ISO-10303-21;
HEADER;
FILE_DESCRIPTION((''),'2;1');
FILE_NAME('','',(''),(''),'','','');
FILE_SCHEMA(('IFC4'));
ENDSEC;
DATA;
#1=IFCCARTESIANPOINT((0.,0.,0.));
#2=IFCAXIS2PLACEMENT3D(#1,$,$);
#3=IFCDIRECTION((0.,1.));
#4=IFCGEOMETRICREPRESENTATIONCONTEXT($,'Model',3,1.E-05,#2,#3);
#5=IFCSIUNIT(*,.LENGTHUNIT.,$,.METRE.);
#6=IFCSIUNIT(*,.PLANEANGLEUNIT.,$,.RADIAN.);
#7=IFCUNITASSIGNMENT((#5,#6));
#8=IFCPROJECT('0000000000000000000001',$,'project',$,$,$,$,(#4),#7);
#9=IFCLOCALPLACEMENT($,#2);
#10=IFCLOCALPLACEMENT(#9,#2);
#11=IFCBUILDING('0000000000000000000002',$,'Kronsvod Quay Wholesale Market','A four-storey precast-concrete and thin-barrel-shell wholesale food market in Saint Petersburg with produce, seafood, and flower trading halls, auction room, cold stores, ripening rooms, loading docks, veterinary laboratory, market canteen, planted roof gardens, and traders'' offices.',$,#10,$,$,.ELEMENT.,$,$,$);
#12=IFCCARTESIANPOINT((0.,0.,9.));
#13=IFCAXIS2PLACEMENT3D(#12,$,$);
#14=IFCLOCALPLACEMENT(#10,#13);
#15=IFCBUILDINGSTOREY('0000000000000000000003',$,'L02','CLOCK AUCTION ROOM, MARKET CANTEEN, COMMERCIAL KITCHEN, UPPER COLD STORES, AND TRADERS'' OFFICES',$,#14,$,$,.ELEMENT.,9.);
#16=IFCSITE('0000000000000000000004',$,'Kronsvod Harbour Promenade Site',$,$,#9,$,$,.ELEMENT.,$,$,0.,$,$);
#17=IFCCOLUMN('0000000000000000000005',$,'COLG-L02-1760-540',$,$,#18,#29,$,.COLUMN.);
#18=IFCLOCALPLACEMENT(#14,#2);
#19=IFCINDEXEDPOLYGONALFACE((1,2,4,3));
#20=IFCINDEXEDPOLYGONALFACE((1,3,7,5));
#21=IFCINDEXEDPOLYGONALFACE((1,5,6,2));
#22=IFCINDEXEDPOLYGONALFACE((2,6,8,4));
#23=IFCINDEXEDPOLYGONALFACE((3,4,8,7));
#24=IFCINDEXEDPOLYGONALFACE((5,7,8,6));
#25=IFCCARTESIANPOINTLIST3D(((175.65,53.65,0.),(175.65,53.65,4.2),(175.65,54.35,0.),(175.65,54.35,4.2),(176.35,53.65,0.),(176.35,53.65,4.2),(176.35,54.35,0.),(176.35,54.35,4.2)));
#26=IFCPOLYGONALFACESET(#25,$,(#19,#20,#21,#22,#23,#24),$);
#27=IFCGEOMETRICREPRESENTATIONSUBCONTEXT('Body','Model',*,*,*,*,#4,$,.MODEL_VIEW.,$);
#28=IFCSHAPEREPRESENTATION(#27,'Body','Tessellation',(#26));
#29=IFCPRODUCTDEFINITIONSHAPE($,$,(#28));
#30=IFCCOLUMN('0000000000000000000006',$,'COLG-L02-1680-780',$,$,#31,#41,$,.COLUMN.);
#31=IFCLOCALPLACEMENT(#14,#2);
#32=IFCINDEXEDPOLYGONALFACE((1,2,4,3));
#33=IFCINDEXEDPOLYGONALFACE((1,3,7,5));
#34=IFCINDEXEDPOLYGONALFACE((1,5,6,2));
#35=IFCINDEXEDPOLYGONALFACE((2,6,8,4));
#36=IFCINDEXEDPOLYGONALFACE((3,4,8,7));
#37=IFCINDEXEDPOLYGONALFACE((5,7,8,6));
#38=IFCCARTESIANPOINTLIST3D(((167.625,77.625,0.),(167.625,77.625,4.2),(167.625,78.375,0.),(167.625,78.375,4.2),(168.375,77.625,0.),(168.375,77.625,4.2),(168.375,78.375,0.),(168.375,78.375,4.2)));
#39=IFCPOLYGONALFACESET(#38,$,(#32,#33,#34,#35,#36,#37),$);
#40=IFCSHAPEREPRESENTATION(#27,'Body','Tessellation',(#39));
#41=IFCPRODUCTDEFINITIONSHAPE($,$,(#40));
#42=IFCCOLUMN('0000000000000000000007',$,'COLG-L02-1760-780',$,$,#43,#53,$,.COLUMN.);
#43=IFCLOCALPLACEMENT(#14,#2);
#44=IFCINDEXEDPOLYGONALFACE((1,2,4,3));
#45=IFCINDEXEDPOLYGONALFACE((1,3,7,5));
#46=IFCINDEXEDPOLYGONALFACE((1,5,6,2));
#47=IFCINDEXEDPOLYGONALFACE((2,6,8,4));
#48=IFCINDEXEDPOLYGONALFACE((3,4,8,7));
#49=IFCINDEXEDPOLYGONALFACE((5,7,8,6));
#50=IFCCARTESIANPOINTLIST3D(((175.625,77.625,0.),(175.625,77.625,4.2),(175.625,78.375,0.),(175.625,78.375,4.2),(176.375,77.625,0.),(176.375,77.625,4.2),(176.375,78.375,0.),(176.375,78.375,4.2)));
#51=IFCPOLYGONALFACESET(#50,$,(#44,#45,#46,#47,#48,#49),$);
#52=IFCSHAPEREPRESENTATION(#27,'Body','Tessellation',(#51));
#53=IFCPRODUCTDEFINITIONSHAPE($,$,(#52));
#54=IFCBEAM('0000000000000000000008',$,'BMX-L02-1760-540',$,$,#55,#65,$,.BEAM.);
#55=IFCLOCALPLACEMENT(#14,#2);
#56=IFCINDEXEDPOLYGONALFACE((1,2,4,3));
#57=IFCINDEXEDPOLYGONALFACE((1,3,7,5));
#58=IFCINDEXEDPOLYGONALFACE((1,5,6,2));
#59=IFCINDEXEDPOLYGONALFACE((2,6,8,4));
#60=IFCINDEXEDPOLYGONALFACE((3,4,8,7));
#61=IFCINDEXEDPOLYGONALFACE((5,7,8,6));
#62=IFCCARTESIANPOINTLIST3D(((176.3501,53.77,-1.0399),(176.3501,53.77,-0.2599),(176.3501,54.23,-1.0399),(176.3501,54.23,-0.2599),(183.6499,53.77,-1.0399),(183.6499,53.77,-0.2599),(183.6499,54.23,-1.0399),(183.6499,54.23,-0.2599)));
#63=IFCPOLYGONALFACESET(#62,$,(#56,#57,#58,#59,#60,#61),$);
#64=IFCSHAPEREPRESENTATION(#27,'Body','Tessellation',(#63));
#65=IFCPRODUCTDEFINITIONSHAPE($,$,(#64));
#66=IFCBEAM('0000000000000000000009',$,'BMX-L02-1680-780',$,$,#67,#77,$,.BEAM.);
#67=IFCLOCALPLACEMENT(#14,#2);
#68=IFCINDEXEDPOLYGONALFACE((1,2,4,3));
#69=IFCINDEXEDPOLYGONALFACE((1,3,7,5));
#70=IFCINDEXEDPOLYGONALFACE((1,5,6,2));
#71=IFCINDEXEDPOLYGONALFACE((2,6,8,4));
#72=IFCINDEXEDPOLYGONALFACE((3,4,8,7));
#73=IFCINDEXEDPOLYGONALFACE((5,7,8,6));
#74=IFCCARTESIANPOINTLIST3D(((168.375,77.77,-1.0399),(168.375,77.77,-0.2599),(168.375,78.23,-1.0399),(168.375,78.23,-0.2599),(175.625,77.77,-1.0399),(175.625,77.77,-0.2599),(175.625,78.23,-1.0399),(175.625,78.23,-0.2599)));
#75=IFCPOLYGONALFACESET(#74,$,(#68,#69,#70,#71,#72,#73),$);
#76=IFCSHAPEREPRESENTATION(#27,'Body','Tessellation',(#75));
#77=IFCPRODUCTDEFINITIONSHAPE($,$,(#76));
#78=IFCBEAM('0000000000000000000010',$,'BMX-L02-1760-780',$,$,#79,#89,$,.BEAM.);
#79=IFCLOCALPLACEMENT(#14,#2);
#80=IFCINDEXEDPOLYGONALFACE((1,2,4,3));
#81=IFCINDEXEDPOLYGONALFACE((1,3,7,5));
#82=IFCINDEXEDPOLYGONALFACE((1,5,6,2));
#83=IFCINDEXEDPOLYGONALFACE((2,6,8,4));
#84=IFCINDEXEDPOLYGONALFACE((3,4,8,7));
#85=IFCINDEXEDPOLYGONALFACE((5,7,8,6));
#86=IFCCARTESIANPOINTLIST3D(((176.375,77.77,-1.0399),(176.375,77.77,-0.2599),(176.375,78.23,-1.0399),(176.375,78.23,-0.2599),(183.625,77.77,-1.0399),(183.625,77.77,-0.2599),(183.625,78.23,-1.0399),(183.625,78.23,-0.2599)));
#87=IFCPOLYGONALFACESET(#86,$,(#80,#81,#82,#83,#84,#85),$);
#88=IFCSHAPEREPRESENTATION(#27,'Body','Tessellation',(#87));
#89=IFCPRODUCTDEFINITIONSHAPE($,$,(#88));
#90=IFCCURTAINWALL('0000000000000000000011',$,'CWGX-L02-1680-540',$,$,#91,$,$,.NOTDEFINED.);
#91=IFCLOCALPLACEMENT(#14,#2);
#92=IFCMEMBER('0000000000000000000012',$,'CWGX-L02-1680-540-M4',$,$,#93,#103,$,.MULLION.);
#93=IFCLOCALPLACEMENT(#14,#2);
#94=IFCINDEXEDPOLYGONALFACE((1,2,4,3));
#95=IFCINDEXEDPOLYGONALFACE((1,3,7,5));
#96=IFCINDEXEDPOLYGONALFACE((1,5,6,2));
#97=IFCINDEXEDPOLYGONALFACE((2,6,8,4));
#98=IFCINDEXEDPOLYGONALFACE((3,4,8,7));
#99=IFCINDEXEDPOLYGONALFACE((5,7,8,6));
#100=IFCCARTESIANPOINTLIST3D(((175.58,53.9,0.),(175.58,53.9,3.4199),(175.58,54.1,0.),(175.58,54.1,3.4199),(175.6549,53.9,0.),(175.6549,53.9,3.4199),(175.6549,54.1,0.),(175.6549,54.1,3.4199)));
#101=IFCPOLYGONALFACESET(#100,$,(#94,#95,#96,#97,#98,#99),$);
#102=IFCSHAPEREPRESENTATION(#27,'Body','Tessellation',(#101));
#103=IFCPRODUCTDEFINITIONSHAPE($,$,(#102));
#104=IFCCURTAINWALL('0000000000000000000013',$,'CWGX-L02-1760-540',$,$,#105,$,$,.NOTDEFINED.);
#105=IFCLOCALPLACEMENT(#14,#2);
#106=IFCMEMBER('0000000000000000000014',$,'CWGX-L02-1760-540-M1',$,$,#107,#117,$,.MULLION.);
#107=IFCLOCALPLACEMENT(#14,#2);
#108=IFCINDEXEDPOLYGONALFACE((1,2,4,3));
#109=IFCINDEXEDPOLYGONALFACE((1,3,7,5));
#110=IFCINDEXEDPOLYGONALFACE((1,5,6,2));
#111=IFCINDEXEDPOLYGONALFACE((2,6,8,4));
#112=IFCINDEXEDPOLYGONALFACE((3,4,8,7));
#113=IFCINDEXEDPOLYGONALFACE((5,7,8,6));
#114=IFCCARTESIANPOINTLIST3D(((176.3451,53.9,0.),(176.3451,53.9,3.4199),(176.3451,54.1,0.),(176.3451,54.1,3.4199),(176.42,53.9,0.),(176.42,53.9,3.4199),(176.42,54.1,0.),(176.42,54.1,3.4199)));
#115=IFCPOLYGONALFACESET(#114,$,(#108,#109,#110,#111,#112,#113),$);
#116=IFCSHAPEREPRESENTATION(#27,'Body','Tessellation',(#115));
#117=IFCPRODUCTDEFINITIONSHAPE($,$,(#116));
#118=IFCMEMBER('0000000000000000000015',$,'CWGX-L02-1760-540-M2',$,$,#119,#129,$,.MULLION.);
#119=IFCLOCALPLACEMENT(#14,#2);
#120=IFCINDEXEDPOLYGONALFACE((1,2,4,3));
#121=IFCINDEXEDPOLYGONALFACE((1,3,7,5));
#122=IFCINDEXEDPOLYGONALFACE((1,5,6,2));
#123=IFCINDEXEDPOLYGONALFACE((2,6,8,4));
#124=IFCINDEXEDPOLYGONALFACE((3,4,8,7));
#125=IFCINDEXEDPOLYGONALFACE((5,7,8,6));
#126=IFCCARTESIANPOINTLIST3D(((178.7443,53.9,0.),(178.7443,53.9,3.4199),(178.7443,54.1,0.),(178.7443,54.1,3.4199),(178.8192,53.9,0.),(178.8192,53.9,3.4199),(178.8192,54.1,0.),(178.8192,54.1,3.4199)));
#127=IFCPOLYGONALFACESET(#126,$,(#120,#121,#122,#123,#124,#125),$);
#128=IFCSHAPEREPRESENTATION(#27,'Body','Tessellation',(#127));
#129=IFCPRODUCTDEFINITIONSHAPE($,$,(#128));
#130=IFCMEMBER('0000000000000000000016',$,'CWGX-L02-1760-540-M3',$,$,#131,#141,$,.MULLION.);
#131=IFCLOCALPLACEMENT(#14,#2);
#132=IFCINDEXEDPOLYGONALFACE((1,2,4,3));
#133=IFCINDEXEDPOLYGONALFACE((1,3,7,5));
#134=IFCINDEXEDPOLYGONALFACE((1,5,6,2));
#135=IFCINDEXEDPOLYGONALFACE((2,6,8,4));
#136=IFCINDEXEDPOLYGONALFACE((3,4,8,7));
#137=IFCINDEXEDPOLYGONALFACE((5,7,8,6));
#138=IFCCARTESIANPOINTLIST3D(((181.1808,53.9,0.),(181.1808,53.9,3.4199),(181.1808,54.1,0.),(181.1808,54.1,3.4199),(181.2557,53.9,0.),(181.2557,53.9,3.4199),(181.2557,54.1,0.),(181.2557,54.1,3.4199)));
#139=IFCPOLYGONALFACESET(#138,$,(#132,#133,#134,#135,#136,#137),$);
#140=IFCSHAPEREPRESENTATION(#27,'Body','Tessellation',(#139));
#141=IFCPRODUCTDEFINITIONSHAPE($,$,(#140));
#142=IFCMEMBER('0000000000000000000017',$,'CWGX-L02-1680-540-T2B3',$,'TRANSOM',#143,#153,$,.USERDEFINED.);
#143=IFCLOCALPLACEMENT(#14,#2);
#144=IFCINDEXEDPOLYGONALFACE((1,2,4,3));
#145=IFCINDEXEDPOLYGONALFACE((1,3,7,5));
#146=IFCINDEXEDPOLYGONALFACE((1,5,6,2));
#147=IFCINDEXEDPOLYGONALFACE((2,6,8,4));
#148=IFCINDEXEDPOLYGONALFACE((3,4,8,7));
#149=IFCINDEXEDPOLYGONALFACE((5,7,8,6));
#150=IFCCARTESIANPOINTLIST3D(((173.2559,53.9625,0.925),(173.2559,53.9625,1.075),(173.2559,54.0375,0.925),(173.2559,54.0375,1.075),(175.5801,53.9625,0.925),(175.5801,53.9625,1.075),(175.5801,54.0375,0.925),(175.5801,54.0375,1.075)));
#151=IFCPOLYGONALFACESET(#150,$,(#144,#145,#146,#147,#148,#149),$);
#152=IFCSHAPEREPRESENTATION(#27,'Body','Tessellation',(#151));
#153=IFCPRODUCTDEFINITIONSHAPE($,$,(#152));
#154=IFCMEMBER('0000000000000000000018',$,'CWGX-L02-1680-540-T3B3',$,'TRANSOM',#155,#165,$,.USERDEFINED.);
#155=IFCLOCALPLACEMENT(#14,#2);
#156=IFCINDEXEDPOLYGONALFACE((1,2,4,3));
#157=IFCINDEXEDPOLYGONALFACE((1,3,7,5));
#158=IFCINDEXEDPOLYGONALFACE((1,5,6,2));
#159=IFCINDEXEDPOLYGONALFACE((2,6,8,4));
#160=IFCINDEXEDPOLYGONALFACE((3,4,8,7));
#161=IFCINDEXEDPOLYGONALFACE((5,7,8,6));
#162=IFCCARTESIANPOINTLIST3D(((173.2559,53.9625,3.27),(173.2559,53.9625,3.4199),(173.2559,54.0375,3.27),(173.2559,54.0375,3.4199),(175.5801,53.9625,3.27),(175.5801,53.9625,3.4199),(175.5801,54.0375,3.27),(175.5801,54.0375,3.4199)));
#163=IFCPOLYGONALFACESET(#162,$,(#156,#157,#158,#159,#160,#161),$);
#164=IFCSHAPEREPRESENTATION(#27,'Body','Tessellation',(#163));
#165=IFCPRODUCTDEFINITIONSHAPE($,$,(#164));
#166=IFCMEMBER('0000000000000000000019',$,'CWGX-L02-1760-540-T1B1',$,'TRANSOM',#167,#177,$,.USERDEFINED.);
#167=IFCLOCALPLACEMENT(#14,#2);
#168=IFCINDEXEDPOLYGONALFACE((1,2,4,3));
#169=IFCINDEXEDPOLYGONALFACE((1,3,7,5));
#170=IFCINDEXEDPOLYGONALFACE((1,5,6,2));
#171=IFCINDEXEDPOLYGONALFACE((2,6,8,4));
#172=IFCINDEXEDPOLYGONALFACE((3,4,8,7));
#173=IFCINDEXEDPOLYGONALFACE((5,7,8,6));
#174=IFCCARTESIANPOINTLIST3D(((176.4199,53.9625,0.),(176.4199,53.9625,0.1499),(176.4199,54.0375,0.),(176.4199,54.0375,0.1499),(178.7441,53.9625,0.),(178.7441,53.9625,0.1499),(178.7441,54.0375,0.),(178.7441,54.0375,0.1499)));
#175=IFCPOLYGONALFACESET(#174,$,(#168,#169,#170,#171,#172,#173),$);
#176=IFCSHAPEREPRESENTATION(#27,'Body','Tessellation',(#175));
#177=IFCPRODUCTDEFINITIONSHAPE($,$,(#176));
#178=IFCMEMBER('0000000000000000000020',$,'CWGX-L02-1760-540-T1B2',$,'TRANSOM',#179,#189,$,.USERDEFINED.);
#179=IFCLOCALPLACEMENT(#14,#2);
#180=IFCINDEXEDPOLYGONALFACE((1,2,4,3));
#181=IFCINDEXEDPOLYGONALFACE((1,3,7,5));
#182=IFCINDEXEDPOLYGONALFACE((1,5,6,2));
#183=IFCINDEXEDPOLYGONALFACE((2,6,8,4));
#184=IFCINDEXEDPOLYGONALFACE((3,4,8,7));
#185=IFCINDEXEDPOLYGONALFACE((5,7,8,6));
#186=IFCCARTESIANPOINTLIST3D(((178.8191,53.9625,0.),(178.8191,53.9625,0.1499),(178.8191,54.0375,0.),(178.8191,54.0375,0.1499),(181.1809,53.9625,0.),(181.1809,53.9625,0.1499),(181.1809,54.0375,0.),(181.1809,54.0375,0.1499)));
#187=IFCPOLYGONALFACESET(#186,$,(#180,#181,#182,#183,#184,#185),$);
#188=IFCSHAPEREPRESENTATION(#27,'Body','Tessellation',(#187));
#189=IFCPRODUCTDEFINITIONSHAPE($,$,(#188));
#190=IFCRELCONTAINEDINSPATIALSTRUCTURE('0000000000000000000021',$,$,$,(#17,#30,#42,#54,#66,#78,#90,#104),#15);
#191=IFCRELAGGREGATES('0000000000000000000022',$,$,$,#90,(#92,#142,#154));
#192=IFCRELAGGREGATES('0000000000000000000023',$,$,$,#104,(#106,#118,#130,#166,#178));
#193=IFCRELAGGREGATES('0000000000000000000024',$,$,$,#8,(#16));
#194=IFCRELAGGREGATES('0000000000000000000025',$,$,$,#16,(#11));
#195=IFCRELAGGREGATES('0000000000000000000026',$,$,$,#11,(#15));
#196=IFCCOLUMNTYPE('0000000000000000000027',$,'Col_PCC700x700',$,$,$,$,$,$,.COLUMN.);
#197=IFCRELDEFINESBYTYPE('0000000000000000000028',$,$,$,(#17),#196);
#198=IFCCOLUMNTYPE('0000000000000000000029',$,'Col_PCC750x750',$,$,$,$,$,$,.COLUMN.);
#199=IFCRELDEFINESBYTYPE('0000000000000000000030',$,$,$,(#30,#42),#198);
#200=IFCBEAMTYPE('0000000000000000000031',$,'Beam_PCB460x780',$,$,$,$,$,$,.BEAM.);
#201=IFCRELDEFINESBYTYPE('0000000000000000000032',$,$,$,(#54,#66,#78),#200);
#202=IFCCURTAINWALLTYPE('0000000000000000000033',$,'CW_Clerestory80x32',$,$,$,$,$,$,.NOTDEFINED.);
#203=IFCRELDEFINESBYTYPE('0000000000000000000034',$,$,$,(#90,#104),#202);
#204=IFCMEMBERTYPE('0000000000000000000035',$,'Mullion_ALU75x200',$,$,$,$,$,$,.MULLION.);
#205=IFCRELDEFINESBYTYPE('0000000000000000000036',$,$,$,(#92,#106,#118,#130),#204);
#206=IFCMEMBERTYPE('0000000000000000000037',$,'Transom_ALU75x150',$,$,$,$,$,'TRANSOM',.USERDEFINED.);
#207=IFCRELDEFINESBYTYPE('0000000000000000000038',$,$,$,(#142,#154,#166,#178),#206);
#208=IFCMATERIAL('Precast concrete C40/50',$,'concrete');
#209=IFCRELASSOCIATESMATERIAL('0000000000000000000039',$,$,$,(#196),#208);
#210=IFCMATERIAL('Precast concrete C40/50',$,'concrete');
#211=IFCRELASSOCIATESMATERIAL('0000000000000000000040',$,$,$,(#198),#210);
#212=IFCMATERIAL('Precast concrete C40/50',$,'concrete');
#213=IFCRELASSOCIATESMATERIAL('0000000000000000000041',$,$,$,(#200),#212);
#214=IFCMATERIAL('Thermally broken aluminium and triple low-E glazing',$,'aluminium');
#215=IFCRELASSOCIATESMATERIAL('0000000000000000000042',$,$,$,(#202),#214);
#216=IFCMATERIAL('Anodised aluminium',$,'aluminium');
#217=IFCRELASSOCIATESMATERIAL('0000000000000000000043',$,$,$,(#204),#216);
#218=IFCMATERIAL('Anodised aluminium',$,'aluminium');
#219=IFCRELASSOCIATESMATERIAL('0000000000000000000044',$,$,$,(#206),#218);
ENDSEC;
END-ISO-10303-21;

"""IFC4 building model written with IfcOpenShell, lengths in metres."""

from ifc_helpers import new_model, si_unit, direction, frame, origin, origin_2d, place, context, subcontext, project, spatial, rectangle, extrude, material, material_profile, profile_set, type_object, element, aggregate, save


model = new_model("IFC4")

# Units and contexts
model_context = context("Model", 3, precision=1e-05, world=origin(), true_north=direction((0.0, 1.0)))
body_context = subcontext(model_context, "Body", "Model", "MODEL_VIEW")
ifc_project = project(units=[si_unit("LENGTHUNIT", "METRE"), si_unit("PLANEANGLEUNIT", "RADIAN")], contexts=[model_context])

# Site, building, storey
site_placement = place(None, origin())
site = spatial("IfcSite", under=ifc_project, at=site_placement, Name="Kronsvod Harbour Promenade Site", CompositionType="ELEMENT", RefElevation=0.0)
building_placement = place(site_placement, origin())
building = spatial("IfcBuilding", under=site, at=building_placement, Name="Kronsvod Quay Wholesale Market", Description="A four-storey precast-concrete and thin-barrel-shell wholesale food market in Saint Petersburg with produce, seafood, and flower trading halls, auction room, cold stores, ripening rooms, loading docks, veterinary laboratory, market canteen, planted roof gardens, and traders' offices.", CompositionType="ELEMENT")
storey_placement = place(building_placement, frame((0.0, 0.0, 9.0)))
storey = spatial("IfcBuildingStorey", under=building, at=storey_placement, Name="L02", Description="CLOCK AUCTION ROOM, MARKET CANTEEN, COMMERCIAL KITCHEN, UPPER COLD STORES, AND TRADERS' OFFICES", CompositionType="ELEMENT", Elevation=9.0)

# Columns
ifc_material_1 = material(Name="Precast concrete C40/50", Category="concrete")
ifc_material_profile_1 = material_profile(ifc_material_1, rectangle(XDim=0.7, YDim=0.7, at=origin_2d()), Name="PCC700x700")
ifc_profile_set_1 = profile_set([ifc_material_profile_1], Name="Precast concrete C40/50")
column_type_1 = type_object("IfcColumnType", Name="Col_PCC700x700", PredefinedType="COLUMN", material=ifc_profile_set_1)
column_placement = place(storey_placement, frame((176.0, 54.0, 0.0), z_axis=(0.0, 0.0, 1.0), x_axis=(1.0, 0.0, 0.0)))
element("IfcColumn", 1, at=column_placement, inside=storey, type_object=column_type_1, Name="COLG-L02-1760-540", PredefinedType="COLUMN", context=body_context, shape_type="SweptSolid", body=[
    extrude(rectangle(XDim=0.7, YDim=0.7, at=origin_2d()), origin(), (0.0, 0.0, 1.0), 4.2),
])
ifc_material_2 = material(Name="Precast concrete C40/50", Category="concrete")
ifc_material_profile_2 = material_profile(ifc_material_2, rectangle(XDim=0.75, YDim=0.75, at=origin_2d()), Name="COL-07")
ifc_profile_set_2 = profile_set([ifc_material_profile_2], Name="Precast concrete C40/50")
column_type_2 = type_object("IfcColumnType", Name="Col_PCC750x750", PredefinedType="COLUMN", material=ifc_profile_set_2)
for number, where, z_axis, x_axis, name in (
    (2, (168.0, 78.0, 0.0), (0.0, 0.0, 1.0), (1.0, 0.0, 0.0), "COLG-L02-1680-780"),
    (3, (176.0, 78.0, 0.0), (0.0, 0.0, 1.0), (1.0, 0.0, 0.0), "COLG-L02-1760-780"),
):
    element("IfcColumn", number, at=place(storey_placement, frame(where, z_axis=z_axis, x_axis=x_axis)), inside=storey, type_object=column_type_2, Name=name, PredefinedType="COLUMN", context=body_context, shape_type="SweptSolid", body=[
        extrude(rectangle(XDim=0.75, YDim=0.75, at=origin_2d()), origin(), (0.0, 0.0, 1.0), 4.2),
    ])

# Beams
ifc_material_3 = material(Name="Precast concrete C40/50", Category="concrete")
ifc_material_profile_3 = material_profile(ifc_material_3, rectangle(XDim=0.46, YDim=0.78, at=origin_2d()), Name="PB-03")
ifc_profile_set_3 = profile_set([ifc_material_profile_3], Name="Precast concrete C40/50")
beam_type = type_object("IfcBeamType", Name="Beam_PCB460x780", PredefinedType="BEAM", material=ifc_profile_set_3)
beam_placement = place(storey_placement, frame((176.3501, 54.0, -0.6499), z_axis=(1.0, 0.0, 0.0), x_axis=(0.0, 1.0, 0.0)))
element("IfcBeam", 4, at=beam_placement, inside=storey, type_object=beam_type, Name="BMX-L02-1760-540", PredefinedType="BEAM", context=body_context, shape_type="SweptSolid", body=[
    extrude(rectangle(XDim=0.46, YDim=0.78, at=origin_2d()), origin(), (0.0, 0.0, 1.0), 7.2998),
])
for number, where, z_axis, x_axis, name in (
    (5, (168.375, 78.0, -0.6499), (1.0, 0.0, 0.0), (0.0, 1.0, 0.0), "BMX-L02-1680-780"),
    (6, (176.375, 78.0, -0.6499), (1.0, 0.0, 0.0), (0.0, 1.0, 0.0), "BMX-L02-1760-780"),
):
    element("IfcBeam", number, at=place(storey_placement, frame(where, z_axis=z_axis, x_axis=x_axis)), inside=storey, type_object=beam_type, Name=name, PredefinedType="BEAM", context=body_context, shape_type="SweptSolid", body=[
        extrude(rectangle(XDim=0.46, YDim=0.78, at=origin_2d()), origin(), (0.0, 0.0, 1.0), 7.25),
    ])

# Curtain wall, member
ifc_material_4 = material(Name="Thermally broken aluminium and triple low-E glazing", Category="aluminium")
curtain_wall_type = type_object("IfcCurtainWallType", Name="CW_Clerestory80x32", PredefinedType="NOTDEFINED", material=ifc_material_4)
curtain_wall_1_placement = place(storey_placement, origin())
curtain_wall_1 = element("IfcCurtainWall", 7, at=curtain_wall_1_placement, inside=storey, type_object=curtain_wall_type, Name="CWGX-L02-1680-540", PredefinedType="NOTDEFINED")
ifc_material_5 = material(Name="Anodised aluminium", Category="aluminium")
ifc_material_profile_4 = material_profile(ifc_material_5, rectangle(XDim=0.075, YDim=0.2, at=origin_2d()), Name="ALUM75x200")
ifc_profile_set_4 = profile_set([ifc_material_profile_4], Name="Anodised aluminium")
member_type_1 = type_object("IfcMemberType", Name="Mullion_ALU75x200", PredefinedType="MULLION", material=ifc_profile_set_4)
member_1_placement = place(storey_placement, frame((175.6174, 54.0, 0.0), z_axis=(0.0, 0.0, 1.0), x_axis=(1.0, 0.0, 0.0)))
member_1 = element("IfcMember", 8, at=member_1_placement, type_object=member_type_1, Name="CWGX-L02-1680-540-M4", PredefinedType="MULLION", context=body_context, shape_type="SweptSolid", body=[
    extrude(rectangle(XDim=0.075, YDim=0.2, at=origin_2d()), origin(), (0.0, 0.0, 1.0), 3.4199),
])

# Curtain wall, members
curtain_wall_2_placement = place(storey_placement, origin())
curtain_wall_2 = element("IfcCurtainWall", 9, at=curtain_wall_2_placement, inside=storey, type_object=curtain_wall_type, Name="CWGX-L02-1760-540", PredefinedType="NOTDEFINED")
member_2_placement = place(storey_placement, frame((176.3826, 54.0, 0.0), z_axis=(0.0, 0.0, 1.0), x_axis=(1.0, 0.0, 0.0)))
member_2 = element("IfcMember", 10, at=member_2_placement, type_object=member_type_1, Name="CWGX-L02-1760-540-M1", PredefinedType="MULLION", context=body_context, shape_type="SweptSolid", body=[
    extrude(rectangle(XDim=0.075, YDim=0.2, at=origin_2d()), origin(), (0.0, 0.0, 1.0), 3.4199),
])
member_3_placement = place(storey_placement, frame((178.7817, 54.0, 0.0), z_axis=(0.0, 0.0, 1.0), x_axis=(1.0, 0.0, 0.0)))
member_3 = element("IfcMember", 11, at=member_3_placement, type_object=member_type_1, Name="CWGX-L02-1760-540-M2", PredefinedType="MULLION", context=body_context, shape_type="SweptSolid", body=[
    extrude(rectangle(XDim=0.075, YDim=0.2, at=origin_2d()), origin(), (0.0, 0.0, 1.0), 3.4199),
])
member_4_placement = place(storey_placement, frame((181.2183, 54.0, 0.0), z_axis=(0.0, 0.0, 1.0), x_axis=(1.0, 0.0, 0.0)))
member_4 = element("IfcMember", 12, at=member_4_placement, type_object=member_type_1, Name="CWGX-L02-1760-540-M3", PredefinedType="MULLION", context=body_context, shape_type="SweptSolid", body=[
    extrude(rectangle(XDim=0.075, YDim=0.2, at=origin_2d()), origin(), (0.0, 0.0, 1.0), 3.4199),
])

# Members
ifc_material_6 = material(Name="Anodised aluminium", Category="aluminium")
ifc_material_profile_5 = material_profile(ifc_material_6, rectangle(XDim=0.075, YDim=0.1499, at=origin_2d()), Name="ALUT75x150")
ifc_profile_set_5 = profile_set([ifc_material_profile_5], Name="Anodised aluminium")
member_type_2 = type_object("IfcMemberType", Name="Transom_ALU75x150", ElementType="TRANSOM", PredefinedType="USERDEFINED", material=ifc_profile_set_5)
member_5_placement = place(storey_placement, frame((173.2559, 54.0, 1.0), z_axis=(1.0, 0.0, 0.0), x_axis=(0.0, 1.0, 0.0)))
member_5 = element("IfcMember", 13, at=member_5_placement, type_object=member_type_2, Name="CWGX-L02-1680-540-T2B3", ObjectType="TRANSOM", PredefinedType="USERDEFINED", context=body_context, shape_type="SweptSolid", body=[
    extrude(rectangle(XDim=0.075, YDim=0.1499, at=origin_2d()), origin(), (0.0, 0.0, 1.0), 2.3242),
])
member_6_placement = place(storey_placement, frame((173.2559, 54.0, 3.345), z_axis=(1.0, 0.0, 0.0), x_axis=(0.0, 1.0, 0.0)))
member_6 = element("IfcMember", 14, at=member_6_placement, type_object=member_type_2, Name="CWGX-L02-1680-540-T3B3", ObjectType="TRANSOM", PredefinedType="USERDEFINED", context=body_context, shape_type="SweptSolid", body=[
    extrude(rectangle(XDim=0.075, YDim=0.1499, at=origin_2d()), origin(), (0.0, 0.0, 1.0), 2.3242),
])
member_7_placement = place(storey_placement, frame((176.4199, 54.0, 0.075), z_axis=(1.0, 0.0, 0.0), x_axis=(0.0, 1.0, 0.0)))
member_7 = element("IfcMember", 15, at=member_7_placement, type_object=member_type_2, Name="CWGX-L02-1760-540-T1B1", ObjectType="TRANSOM", PredefinedType="USERDEFINED", context=body_context, shape_type="SweptSolid", body=[
    extrude(rectangle(XDim=0.075, YDim=0.1499, at=origin_2d()), origin(), (0.0, 0.0, 1.0), 2.3242),
])
member_8_placement = place(storey_placement, frame((178.8191, 54.0, 0.075), z_axis=(1.0, 0.0, 0.0), x_axis=(0.0, 1.0, 0.0)))
member_8 = element("IfcMember", 16, at=member_8_placement, type_object=member_type_2, Name="CWGX-L02-1760-540-T1B2", ObjectType="TRANSOM", PredefinedType="USERDEFINED", context=body_context, shape_type="SweptSolid", body=[
    extrude(rectangle(XDim=0.075, YDim=0.1499, at=origin_2d()), origin(), (0.0, 0.0, 1.0), 2.3618),
])

aggregate(curtain_wall_1, [member_1, member_5, member_6])
aggregate(curtain_wall_2, [member_2, member_3, member_4, member_7, member_8])

save(model, "model.ifc")
